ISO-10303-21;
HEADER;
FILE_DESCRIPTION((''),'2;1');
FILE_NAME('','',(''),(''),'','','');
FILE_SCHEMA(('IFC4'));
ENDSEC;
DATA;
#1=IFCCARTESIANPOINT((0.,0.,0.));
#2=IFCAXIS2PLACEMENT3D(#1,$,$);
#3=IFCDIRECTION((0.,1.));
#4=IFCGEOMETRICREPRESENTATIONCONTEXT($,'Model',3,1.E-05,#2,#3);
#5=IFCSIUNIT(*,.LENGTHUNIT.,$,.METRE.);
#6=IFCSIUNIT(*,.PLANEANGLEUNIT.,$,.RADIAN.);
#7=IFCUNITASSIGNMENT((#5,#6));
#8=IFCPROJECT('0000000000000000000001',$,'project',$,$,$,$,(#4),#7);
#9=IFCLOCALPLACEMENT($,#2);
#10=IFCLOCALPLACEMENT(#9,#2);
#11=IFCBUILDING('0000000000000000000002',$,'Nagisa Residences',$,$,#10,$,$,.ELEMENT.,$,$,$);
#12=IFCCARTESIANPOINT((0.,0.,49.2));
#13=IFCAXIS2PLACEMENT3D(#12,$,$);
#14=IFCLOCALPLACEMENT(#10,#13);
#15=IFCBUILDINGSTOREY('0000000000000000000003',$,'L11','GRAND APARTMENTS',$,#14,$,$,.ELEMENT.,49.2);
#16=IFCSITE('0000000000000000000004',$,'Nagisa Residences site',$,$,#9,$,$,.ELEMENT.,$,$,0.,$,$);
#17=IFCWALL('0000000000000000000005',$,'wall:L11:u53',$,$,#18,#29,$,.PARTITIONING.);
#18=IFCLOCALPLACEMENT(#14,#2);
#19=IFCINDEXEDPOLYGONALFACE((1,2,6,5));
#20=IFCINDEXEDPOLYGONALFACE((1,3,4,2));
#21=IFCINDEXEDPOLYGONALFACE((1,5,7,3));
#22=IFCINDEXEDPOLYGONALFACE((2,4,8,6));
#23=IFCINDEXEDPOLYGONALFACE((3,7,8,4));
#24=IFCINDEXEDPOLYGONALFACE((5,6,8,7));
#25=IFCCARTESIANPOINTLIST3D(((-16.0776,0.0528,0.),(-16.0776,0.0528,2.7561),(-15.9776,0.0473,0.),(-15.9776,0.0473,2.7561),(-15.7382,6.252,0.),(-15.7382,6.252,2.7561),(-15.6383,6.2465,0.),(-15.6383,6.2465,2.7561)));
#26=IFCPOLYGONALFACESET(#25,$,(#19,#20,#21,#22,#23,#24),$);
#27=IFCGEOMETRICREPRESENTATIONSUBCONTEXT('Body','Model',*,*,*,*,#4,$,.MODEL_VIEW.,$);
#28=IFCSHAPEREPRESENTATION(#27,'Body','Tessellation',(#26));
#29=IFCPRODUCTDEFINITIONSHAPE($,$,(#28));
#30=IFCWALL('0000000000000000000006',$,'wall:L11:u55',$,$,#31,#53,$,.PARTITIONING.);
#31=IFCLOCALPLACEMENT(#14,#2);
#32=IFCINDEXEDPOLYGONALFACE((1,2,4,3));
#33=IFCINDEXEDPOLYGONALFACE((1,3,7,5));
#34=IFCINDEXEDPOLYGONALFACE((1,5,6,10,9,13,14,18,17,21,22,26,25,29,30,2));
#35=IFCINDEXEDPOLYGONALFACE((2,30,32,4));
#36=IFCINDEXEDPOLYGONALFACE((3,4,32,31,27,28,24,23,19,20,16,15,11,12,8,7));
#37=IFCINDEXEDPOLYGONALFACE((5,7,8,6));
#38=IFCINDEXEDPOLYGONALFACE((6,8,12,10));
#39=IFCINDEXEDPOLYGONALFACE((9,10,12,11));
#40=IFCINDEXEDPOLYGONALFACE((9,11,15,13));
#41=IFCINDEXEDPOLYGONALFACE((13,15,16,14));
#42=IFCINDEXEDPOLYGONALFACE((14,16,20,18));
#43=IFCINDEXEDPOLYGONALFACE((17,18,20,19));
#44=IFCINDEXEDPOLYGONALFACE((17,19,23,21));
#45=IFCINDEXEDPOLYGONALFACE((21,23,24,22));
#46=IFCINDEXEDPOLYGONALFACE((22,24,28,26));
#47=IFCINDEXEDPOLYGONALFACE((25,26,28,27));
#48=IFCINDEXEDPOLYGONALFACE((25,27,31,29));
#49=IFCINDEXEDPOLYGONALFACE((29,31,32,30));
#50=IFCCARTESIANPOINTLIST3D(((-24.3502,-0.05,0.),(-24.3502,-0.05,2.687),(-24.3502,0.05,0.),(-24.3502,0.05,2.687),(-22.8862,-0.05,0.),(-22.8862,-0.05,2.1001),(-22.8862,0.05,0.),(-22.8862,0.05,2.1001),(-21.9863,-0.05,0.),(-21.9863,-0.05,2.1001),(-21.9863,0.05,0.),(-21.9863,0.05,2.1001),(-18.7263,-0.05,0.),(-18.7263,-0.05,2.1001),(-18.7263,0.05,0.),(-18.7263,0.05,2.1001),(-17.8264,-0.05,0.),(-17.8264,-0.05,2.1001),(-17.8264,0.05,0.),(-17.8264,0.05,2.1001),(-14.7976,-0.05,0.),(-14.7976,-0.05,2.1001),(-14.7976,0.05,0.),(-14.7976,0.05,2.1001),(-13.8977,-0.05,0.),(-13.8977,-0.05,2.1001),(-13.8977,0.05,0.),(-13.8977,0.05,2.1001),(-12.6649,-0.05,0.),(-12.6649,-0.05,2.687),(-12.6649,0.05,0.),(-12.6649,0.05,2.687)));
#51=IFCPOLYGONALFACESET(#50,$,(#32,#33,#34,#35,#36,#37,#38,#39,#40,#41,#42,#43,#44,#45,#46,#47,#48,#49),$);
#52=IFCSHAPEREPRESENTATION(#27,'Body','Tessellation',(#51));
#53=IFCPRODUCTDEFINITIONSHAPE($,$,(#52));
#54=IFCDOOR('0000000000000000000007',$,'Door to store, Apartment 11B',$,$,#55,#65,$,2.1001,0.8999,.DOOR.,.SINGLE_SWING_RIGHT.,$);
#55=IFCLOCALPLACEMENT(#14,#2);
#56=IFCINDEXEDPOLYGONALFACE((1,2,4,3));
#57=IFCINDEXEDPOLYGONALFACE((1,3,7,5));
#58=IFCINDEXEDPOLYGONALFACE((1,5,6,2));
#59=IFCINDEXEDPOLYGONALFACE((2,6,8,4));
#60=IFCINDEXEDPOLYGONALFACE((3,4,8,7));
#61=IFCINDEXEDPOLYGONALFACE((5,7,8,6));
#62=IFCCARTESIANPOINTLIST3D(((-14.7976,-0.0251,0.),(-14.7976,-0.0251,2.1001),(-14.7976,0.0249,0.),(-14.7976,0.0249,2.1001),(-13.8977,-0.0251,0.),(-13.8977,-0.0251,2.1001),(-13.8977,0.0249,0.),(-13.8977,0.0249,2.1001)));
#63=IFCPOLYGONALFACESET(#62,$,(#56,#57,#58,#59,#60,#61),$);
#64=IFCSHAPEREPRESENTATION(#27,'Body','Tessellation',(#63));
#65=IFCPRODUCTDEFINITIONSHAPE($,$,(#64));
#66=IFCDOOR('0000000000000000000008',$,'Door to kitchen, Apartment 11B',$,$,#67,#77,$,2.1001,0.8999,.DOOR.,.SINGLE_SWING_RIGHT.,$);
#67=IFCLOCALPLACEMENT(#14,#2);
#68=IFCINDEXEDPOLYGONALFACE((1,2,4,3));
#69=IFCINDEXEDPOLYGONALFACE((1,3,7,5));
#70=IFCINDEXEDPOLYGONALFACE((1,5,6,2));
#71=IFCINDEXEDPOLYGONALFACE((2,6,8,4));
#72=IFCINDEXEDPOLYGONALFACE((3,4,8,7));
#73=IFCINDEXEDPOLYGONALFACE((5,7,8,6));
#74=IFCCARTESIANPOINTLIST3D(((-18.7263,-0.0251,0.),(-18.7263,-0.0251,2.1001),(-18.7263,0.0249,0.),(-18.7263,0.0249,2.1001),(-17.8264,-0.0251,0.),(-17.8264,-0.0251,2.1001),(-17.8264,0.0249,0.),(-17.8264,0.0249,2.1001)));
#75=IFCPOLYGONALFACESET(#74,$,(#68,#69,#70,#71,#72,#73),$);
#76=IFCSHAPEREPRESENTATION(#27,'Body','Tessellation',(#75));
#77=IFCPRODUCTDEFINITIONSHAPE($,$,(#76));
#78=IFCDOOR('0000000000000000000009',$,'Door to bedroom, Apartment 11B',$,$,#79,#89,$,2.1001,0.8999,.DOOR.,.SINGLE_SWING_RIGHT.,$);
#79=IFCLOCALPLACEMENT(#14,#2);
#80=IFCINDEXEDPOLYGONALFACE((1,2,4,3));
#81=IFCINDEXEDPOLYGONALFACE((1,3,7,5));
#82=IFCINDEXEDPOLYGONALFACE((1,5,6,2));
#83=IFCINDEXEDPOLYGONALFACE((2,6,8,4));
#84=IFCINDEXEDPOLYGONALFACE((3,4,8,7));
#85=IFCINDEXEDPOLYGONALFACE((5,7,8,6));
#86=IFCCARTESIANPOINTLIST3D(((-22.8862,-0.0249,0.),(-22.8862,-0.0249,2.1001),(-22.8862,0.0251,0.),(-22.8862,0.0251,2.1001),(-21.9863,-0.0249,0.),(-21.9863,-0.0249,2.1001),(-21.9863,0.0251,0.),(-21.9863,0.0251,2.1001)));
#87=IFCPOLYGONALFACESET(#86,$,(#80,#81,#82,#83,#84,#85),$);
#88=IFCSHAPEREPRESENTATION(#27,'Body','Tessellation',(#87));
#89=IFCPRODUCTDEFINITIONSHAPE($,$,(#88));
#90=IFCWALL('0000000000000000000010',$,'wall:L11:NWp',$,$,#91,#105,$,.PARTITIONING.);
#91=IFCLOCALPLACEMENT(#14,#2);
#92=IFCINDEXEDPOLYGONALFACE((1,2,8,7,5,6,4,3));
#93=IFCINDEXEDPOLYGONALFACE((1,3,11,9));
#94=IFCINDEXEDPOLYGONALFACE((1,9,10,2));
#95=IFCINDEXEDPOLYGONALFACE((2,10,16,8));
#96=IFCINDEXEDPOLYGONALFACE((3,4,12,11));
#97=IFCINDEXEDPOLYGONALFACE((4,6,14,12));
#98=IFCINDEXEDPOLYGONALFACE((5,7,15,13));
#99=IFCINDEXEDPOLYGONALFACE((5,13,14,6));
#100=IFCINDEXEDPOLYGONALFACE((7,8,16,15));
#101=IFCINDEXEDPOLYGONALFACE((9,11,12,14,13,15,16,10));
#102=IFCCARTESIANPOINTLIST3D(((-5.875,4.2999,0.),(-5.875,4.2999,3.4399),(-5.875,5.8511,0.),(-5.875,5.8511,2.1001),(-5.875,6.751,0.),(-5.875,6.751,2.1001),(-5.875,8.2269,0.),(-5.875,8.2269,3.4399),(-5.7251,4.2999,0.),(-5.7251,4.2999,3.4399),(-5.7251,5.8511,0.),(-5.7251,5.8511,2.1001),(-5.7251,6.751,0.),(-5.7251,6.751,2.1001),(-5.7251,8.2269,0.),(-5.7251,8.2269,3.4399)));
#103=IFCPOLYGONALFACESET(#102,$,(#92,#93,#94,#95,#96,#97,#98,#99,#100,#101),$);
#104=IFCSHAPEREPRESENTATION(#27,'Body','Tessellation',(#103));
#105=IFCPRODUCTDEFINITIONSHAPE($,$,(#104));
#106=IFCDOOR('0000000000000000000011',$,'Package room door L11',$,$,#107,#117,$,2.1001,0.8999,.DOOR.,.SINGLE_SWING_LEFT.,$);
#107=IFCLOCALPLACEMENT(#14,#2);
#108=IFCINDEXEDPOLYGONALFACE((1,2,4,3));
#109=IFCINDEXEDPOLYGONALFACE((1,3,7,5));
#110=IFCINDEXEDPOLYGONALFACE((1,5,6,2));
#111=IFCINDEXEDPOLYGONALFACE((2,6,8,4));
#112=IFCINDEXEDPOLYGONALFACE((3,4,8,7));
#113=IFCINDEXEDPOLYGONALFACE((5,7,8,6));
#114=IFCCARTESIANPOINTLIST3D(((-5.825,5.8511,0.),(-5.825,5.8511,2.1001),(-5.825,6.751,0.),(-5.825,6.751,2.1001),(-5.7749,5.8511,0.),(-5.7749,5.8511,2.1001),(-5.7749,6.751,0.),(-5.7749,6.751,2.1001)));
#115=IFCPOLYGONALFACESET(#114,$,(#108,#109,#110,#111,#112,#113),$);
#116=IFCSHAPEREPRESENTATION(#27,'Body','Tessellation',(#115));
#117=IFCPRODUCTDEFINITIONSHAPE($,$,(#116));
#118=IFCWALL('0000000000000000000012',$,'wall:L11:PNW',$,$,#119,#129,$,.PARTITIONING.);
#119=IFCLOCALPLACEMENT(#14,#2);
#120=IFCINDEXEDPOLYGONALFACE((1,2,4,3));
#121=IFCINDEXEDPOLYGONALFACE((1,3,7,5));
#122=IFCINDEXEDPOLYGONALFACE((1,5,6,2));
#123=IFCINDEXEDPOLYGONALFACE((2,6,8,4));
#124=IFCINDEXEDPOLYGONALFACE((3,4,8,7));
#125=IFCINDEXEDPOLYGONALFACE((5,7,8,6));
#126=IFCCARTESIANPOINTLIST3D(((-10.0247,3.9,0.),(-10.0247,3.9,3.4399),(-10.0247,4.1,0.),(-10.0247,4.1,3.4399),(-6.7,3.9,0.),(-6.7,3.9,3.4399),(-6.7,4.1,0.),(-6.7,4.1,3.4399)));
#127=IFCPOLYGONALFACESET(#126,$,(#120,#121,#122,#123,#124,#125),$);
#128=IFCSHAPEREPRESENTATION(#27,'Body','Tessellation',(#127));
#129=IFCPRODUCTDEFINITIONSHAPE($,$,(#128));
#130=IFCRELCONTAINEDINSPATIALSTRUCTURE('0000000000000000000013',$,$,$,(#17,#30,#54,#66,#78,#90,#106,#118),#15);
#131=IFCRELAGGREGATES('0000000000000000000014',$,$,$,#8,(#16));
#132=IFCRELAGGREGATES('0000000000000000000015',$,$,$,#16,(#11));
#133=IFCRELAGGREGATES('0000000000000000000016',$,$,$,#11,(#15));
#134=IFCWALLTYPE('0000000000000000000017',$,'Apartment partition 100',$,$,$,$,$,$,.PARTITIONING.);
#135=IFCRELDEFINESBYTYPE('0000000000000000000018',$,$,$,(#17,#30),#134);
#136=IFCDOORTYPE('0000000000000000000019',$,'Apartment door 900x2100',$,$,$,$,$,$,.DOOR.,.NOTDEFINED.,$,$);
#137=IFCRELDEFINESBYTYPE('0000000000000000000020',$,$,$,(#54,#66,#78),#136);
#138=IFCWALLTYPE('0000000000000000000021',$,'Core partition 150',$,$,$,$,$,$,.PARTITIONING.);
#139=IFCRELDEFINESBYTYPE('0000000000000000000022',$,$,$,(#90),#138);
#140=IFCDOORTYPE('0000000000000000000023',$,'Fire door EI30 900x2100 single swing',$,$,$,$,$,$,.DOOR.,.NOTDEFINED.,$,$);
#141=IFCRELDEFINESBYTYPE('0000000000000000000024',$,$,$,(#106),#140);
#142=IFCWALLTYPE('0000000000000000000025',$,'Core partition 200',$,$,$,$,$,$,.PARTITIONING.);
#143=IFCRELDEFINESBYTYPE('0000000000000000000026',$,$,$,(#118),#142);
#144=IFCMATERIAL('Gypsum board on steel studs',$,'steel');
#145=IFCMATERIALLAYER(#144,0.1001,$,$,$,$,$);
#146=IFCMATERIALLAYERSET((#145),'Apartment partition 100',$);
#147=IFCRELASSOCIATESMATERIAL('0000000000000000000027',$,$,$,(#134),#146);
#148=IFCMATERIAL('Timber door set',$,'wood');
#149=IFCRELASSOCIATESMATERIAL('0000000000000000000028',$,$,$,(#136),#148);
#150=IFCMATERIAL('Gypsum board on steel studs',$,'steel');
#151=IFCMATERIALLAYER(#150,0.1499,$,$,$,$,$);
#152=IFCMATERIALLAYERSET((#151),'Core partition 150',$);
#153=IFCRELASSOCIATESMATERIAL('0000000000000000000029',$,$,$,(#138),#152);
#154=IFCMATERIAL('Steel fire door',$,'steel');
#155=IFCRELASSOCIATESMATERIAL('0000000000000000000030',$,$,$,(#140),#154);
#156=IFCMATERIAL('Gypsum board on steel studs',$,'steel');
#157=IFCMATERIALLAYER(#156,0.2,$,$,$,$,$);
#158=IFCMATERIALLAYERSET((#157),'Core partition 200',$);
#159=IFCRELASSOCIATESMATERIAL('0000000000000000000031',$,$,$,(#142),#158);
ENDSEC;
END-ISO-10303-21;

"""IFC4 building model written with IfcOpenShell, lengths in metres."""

from ifc_helpers import new_model, si_unit, direction, frame, frame_2d, origin, place, context, subcontext, project, spatial, rectangle, extrude, material, layer, layer_set, type_object, element, fill, save


model = new_model("IFC4")

# Units and contexts
model_context = context("Model", 3, precision=1e-05, world=origin(), true_north=direction((0.0, 1.0)))
body_context = subcontext(model_context, "Body", "Model", "MODEL_VIEW")
ifc_project = project(units=[si_unit("LENGTHUNIT", "METRE"), si_unit("PLANEANGLEUNIT", "RADIAN")], contexts=[model_context])

# Site, building, storey
site_placement = place(None, origin())
site = spatial("IfcSite", under=ifc_project, at=site_placement, Name="Nagisa Residences site", CompositionType="ELEMENT", RefElevation=0.0)
building_placement = place(site_placement, origin())
building = spatial("IfcBuilding", under=site, at=building_placement, Name="Nagisa Residences", CompositionType="ELEMENT")
storey_placement = place(building_placement, frame((0.0, 0.0, 49.2)))
storey = spatial("IfcBuildingStorey", under=building, at=storey_placement, Name="L11", Description="GRAND APARTMENTS", CompositionType="ELEMENT", Elevation=49.2)

# Shared definitions
ifc_material_1 = material(Name="Gypsum board on steel studs", Category="steel")
ifc_layer_1 = layer(ifc_material_1, 0.1001)
ifc_layer_set_1 = layer_set([ifc_layer_1], Name="Apartment partition 100")
wall_type_1 = type_object("IfcWallType", Name="Apartment partition 100", PredefinedType="PARTITIONING", material=ifc_layer_set_1)
ifc_material_2 = material(Name="Timber door set", Category="wood")
door_type_1 = type_object("IfcDoorType", Name="Apartment door 900x2100", OperationType="NOTDEFINED", PredefinedType="DOOR", material=ifc_material_2)

# Wall
wall_1_placement = place(storey_placement, frame((-15.6882, 6.2493, 0.0), z_axis=(0.0, 0.0, 1.0), x_axis=(-0.05466, -0.998505, 0.0)))
element("IfcWall", 1, at=wall_1_placement, inside=storey, type_object=wall_type_1, Name="wall:L11:u53", PredefinedType="PARTITIONING", context=body_context, shape_type="SweptSolid", body=[
    extrude(rectangle(XDim=6.2085, YDim=0.1001, at=frame_2d((3.1042, 0.0))), origin(), (0.0, 0.0, 1.0), 2.7561),
])

# Wall, openings, doors
wall_2_placement = place(storey_placement, frame((-12.6648, 0.0, 0.0), z_axis=(0.0, 0.0, 1.0), x_axis=(-1.0, 0.0, 0.0)))
wall_2 = element("IfcWall", 2, at=wall_2_placement, inside=storey, type_object=wall_type_1, Name="wall:L11:u55", PredefinedType="PARTITIONING", context=body_context, shape_type="SweptSolid", body=[
    extrude(rectangle(XDim=11.6853, YDim=0.1001, at=frame_2d((5.8428, 0.0))), origin(), (0.0, 0.0, 1.0), 2.687),
])
opening_1_placement = place(wall_2_placement, frame((1.2329, 0.0, 0.0)))
opening_1 = element("IfcOpeningElement", 3, at=opening_1_placement, cuts=wall_2, PredefinedType="OPENING", context=body_context, shape_type="SweptSolid", body=[
    extrude(rectangle(XDim=0.8999, YDim=2.1001, at=frame_2d((0.45, 1.05))), frame((0.0, 0.0601, 0.0), z_axis=(0.0, -1.0, 0.0), x_axis=(1.0, 0.0, 0.0)), (0.0, 0.0, 1.0), 0.1201),
])
opening_2_placement = place(wall_2_placement, frame((5.1616, 0.0, 0.0)))
opening_2 = element("IfcOpeningElement", 4, at=opening_2_placement, cuts=wall_2, PredefinedType="OPENING", context=body_context, shape_type="SweptSolid", body=[
    extrude(rectangle(XDim=0.8999, YDim=2.1001, at=frame_2d((0.45, 1.05))), frame((0.0, 0.0601, 0.0), z_axis=(0.0, -1.0, 0.0), x_axis=(1.0, 0.0, 0.0)), (0.0, 0.0, 1.0), 0.1201),
])
opening_3_placement = place(wall_2_placement, frame((9.3215, 0.0, 0.0)))
opening_3 = element("IfcOpeningElement", 5, at=opening_3_placement, cuts=wall_2, PredefinedType="OPENING", context=body_context, shape_type="SweptSolid", body=[
    extrude(rectangle(XDim=0.8999, YDim=2.1001, at=frame_2d((0.45, 1.05))), frame((0.0, 0.0601, 0.0), z_axis=(0.0, -1.0, 0.0), x_axis=(1.0, 0.0, 0.0)), (0.0, 0.0, 1.0), 0.1201),
])
door_1_placement = place(opening_1_placement, frame((0.8999, 0.0, 0.0), x_axis=(-1.0, 0.0, 0.0)))
door_1 = element("IfcDoor", 6, at=door_1_placement, inside=storey, type_object=door_type_1, Name="Door to store, Apartment 11B", OperationType="SINGLE_SWING_RIGHT", OverallHeight=2.1001, OverallWidth=0.8999, PredefinedType="DOOR", context=body_context, shape_type="SweptSolid", body=[
    extrude(rectangle(XDim=0.8999, YDim=2.1001, at=frame_2d((0.45, 1.05))), frame((0.0, 0.0249, 0.0), z_axis=(0.0, -1.0, 0.0), x_axis=(1.0, 0.0, 0.0)), (0.0, 0.0, 1.0), 0.05),
])
fill(opening_1, door_1)
door_2_placement = place(opening_2_placement, frame((0.8999, 0.0, 0.0), x_axis=(-1.0, 0.0, 0.0)))
door_2 = element("IfcDoor", 7, at=door_2_placement, inside=storey, type_object=door_type_1, Name="Door to kitchen, Apartment 11B", OperationType="SINGLE_SWING_RIGHT", OverallHeight=2.1001, OverallWidth=0.8999, PredefinedType="DOOR", context=body_context, shape_type="SweptSolid", body=[
    extrude(rectangle(XDim=0.8999, YDim=2.1001, at=frame_2d((0.45, 1.05))), frame((0.0, 0.0249, 0.0), z_axis=(0.0, -1.0, 0.0), x_axis=(1.0, 0.0, 0.0)), (0.0, 0.0, 1.0), 0.05),
])
fill(opening_2, door_2)
door_3_placement = place(opening_3_placement, origin())
door_3 = element("IfcDoor", 8, at=door_3_placement, inside=storey, type_object=door_type_1, Name="Door to bedroom, Apartment 11B", OperationType="SINGLE_SWING_RIGHT", OverallHeight=2.1001, OverallWidth=0.8999, PredefinedType="DOOR", context=body_context, shape_type="SweptSolid", body=[
    extrude(rectangle(XDim=0.8999, YDim=2.1001, at=frame_2d((0.45, 1.05))), frame((0.0, 0.0249, 0.0), z_axis=(0.0, -1.0, 0.0), x_axis=(1.0, 0.0, 0.0)), (0.0, 0.0, 1.0), 0.05),
])
fill(opening_3, door_3)

# Wall, opening, door
ifc_material_3 = material(Name="Gypsum board on steel studs", Category="steel")
ifc_layer_2 = layer(ifc_material_3, 0.1499)
ifc_layer_set_2 = layer_set([ifc_layer_2], Name="Core partition 150")
wall_type_2 = type_object("IfcWallType", Name="Core partition 150", PredefinedType="PARTITIONING", material=ifc_layer_set_2)
wall_3_placement = place(storey_placement, frame((-5.8, 4.3, 0.0), z_axis=(0.0, 0.0, 1.0), x_axis=(0.0, 1.0, 0.0)))
wall_3 = element("IfcWall", 9, at=wall_3_placement, inside=storey, type_object=wall_type_2, Name="wall:L11:NWp", PredefinedType="PARTITIONING", context=body_context, shape_type="SweptSolid", body=[
    extrude(rectangle(XDim=3.927, YDim=0.1499, at=frame_2d((1.9634, 0.0))), origin(), (0.0, 0.0, 1.0), 3.4399),
])
opening_4_placement = place(wall_3_placement, frame((1.551, 0.0, 0.0)))
opening_4 = element("IfcOpeningElement", 10, at=opening_4_placement, cuts=wall_3, PredefinedType="OPENING", context=body_context, shape_type="SweptSolid", body=[
    extrude(rectangle(XDim=0.8999, YDim=2.1001, at=frame_2d((0.45, 1.05))), frame((0.0, 0.085, 0.0), z_axis=(0.0, -1.0, 0.0), x_axis=(1.0, 0.0, 0.0)), (0.0, 0.0, 1.0), 0.1699),
])
ifc_material_4 = material(Name="Steel fire door", Category="steel")
door_type_2 = type_object("IfcDoorType", Name="Fire door EI30 900x2100 single swing", OperationType="NOTDEFINED", PredefinedType="DOOR", material=ifc_material_4)
door_4_placement = place(opening_4_placement, origin())
door_4 = element("IfcDoor", 11, at=door_4_placement, inside=storey, type_object=door_type_2, Name="Package room door L11", OperationType="SINGLE_SWING_LEFT", OverallHeight=2.1001, OverallWidth=0.8999, PredefinedType="DOOR", context=body_context, shape_type="SweptSolid", body=[
    extrude(rectangle(XDim=0.8999, YDim=2.1001, at=frame_2d((0.45, 1.05))), frame((0.0, 0.0249, 0.0), z_axis=(0.0, -1.0, 0.0), x_axis=(1.0, 0.0, 0.0)), (0.0, 0.0, 1.0), 0.05),
])
fill(opening_4, door_4)

# Wall
ifc_material_5 = material(Name="Gypsum board on steel studs", Category="steel")
ifc_layer_3 = layer(ifc_material_5, 0.2)
ifc_layer_set_3 = layer_set([ifc_layer_3], Name="Core partition 200")
wall_type_3 = type_object("IfcWallType", Name="Core partition 200", PredefinedType="PARTITIONING", material=ifc_layer_set_3)
wall_4_placement = place(storey_placement, frame((-10.0247, 4.0, 0.0), z_axis=(0.0, 0.0, 1.0), x_axis=(1.0, 0.0, 0.0)))
element("IfcWall", 12, at=wall_4_placement, inside=storey, type_object=wall_type_3, Name="wall:L11:PNW", PredefinedType="PARTITIONING", context=body_context, shape_type="SweptSolid", body=[
    extrude(rectangle(XDim=3.3247, YDim=0.2, at=frame_2d((1.6624, 0.0))), origin(), (0.0, 0.0, 1.0), 3.4399),
])

save(model, "model.ifc")
